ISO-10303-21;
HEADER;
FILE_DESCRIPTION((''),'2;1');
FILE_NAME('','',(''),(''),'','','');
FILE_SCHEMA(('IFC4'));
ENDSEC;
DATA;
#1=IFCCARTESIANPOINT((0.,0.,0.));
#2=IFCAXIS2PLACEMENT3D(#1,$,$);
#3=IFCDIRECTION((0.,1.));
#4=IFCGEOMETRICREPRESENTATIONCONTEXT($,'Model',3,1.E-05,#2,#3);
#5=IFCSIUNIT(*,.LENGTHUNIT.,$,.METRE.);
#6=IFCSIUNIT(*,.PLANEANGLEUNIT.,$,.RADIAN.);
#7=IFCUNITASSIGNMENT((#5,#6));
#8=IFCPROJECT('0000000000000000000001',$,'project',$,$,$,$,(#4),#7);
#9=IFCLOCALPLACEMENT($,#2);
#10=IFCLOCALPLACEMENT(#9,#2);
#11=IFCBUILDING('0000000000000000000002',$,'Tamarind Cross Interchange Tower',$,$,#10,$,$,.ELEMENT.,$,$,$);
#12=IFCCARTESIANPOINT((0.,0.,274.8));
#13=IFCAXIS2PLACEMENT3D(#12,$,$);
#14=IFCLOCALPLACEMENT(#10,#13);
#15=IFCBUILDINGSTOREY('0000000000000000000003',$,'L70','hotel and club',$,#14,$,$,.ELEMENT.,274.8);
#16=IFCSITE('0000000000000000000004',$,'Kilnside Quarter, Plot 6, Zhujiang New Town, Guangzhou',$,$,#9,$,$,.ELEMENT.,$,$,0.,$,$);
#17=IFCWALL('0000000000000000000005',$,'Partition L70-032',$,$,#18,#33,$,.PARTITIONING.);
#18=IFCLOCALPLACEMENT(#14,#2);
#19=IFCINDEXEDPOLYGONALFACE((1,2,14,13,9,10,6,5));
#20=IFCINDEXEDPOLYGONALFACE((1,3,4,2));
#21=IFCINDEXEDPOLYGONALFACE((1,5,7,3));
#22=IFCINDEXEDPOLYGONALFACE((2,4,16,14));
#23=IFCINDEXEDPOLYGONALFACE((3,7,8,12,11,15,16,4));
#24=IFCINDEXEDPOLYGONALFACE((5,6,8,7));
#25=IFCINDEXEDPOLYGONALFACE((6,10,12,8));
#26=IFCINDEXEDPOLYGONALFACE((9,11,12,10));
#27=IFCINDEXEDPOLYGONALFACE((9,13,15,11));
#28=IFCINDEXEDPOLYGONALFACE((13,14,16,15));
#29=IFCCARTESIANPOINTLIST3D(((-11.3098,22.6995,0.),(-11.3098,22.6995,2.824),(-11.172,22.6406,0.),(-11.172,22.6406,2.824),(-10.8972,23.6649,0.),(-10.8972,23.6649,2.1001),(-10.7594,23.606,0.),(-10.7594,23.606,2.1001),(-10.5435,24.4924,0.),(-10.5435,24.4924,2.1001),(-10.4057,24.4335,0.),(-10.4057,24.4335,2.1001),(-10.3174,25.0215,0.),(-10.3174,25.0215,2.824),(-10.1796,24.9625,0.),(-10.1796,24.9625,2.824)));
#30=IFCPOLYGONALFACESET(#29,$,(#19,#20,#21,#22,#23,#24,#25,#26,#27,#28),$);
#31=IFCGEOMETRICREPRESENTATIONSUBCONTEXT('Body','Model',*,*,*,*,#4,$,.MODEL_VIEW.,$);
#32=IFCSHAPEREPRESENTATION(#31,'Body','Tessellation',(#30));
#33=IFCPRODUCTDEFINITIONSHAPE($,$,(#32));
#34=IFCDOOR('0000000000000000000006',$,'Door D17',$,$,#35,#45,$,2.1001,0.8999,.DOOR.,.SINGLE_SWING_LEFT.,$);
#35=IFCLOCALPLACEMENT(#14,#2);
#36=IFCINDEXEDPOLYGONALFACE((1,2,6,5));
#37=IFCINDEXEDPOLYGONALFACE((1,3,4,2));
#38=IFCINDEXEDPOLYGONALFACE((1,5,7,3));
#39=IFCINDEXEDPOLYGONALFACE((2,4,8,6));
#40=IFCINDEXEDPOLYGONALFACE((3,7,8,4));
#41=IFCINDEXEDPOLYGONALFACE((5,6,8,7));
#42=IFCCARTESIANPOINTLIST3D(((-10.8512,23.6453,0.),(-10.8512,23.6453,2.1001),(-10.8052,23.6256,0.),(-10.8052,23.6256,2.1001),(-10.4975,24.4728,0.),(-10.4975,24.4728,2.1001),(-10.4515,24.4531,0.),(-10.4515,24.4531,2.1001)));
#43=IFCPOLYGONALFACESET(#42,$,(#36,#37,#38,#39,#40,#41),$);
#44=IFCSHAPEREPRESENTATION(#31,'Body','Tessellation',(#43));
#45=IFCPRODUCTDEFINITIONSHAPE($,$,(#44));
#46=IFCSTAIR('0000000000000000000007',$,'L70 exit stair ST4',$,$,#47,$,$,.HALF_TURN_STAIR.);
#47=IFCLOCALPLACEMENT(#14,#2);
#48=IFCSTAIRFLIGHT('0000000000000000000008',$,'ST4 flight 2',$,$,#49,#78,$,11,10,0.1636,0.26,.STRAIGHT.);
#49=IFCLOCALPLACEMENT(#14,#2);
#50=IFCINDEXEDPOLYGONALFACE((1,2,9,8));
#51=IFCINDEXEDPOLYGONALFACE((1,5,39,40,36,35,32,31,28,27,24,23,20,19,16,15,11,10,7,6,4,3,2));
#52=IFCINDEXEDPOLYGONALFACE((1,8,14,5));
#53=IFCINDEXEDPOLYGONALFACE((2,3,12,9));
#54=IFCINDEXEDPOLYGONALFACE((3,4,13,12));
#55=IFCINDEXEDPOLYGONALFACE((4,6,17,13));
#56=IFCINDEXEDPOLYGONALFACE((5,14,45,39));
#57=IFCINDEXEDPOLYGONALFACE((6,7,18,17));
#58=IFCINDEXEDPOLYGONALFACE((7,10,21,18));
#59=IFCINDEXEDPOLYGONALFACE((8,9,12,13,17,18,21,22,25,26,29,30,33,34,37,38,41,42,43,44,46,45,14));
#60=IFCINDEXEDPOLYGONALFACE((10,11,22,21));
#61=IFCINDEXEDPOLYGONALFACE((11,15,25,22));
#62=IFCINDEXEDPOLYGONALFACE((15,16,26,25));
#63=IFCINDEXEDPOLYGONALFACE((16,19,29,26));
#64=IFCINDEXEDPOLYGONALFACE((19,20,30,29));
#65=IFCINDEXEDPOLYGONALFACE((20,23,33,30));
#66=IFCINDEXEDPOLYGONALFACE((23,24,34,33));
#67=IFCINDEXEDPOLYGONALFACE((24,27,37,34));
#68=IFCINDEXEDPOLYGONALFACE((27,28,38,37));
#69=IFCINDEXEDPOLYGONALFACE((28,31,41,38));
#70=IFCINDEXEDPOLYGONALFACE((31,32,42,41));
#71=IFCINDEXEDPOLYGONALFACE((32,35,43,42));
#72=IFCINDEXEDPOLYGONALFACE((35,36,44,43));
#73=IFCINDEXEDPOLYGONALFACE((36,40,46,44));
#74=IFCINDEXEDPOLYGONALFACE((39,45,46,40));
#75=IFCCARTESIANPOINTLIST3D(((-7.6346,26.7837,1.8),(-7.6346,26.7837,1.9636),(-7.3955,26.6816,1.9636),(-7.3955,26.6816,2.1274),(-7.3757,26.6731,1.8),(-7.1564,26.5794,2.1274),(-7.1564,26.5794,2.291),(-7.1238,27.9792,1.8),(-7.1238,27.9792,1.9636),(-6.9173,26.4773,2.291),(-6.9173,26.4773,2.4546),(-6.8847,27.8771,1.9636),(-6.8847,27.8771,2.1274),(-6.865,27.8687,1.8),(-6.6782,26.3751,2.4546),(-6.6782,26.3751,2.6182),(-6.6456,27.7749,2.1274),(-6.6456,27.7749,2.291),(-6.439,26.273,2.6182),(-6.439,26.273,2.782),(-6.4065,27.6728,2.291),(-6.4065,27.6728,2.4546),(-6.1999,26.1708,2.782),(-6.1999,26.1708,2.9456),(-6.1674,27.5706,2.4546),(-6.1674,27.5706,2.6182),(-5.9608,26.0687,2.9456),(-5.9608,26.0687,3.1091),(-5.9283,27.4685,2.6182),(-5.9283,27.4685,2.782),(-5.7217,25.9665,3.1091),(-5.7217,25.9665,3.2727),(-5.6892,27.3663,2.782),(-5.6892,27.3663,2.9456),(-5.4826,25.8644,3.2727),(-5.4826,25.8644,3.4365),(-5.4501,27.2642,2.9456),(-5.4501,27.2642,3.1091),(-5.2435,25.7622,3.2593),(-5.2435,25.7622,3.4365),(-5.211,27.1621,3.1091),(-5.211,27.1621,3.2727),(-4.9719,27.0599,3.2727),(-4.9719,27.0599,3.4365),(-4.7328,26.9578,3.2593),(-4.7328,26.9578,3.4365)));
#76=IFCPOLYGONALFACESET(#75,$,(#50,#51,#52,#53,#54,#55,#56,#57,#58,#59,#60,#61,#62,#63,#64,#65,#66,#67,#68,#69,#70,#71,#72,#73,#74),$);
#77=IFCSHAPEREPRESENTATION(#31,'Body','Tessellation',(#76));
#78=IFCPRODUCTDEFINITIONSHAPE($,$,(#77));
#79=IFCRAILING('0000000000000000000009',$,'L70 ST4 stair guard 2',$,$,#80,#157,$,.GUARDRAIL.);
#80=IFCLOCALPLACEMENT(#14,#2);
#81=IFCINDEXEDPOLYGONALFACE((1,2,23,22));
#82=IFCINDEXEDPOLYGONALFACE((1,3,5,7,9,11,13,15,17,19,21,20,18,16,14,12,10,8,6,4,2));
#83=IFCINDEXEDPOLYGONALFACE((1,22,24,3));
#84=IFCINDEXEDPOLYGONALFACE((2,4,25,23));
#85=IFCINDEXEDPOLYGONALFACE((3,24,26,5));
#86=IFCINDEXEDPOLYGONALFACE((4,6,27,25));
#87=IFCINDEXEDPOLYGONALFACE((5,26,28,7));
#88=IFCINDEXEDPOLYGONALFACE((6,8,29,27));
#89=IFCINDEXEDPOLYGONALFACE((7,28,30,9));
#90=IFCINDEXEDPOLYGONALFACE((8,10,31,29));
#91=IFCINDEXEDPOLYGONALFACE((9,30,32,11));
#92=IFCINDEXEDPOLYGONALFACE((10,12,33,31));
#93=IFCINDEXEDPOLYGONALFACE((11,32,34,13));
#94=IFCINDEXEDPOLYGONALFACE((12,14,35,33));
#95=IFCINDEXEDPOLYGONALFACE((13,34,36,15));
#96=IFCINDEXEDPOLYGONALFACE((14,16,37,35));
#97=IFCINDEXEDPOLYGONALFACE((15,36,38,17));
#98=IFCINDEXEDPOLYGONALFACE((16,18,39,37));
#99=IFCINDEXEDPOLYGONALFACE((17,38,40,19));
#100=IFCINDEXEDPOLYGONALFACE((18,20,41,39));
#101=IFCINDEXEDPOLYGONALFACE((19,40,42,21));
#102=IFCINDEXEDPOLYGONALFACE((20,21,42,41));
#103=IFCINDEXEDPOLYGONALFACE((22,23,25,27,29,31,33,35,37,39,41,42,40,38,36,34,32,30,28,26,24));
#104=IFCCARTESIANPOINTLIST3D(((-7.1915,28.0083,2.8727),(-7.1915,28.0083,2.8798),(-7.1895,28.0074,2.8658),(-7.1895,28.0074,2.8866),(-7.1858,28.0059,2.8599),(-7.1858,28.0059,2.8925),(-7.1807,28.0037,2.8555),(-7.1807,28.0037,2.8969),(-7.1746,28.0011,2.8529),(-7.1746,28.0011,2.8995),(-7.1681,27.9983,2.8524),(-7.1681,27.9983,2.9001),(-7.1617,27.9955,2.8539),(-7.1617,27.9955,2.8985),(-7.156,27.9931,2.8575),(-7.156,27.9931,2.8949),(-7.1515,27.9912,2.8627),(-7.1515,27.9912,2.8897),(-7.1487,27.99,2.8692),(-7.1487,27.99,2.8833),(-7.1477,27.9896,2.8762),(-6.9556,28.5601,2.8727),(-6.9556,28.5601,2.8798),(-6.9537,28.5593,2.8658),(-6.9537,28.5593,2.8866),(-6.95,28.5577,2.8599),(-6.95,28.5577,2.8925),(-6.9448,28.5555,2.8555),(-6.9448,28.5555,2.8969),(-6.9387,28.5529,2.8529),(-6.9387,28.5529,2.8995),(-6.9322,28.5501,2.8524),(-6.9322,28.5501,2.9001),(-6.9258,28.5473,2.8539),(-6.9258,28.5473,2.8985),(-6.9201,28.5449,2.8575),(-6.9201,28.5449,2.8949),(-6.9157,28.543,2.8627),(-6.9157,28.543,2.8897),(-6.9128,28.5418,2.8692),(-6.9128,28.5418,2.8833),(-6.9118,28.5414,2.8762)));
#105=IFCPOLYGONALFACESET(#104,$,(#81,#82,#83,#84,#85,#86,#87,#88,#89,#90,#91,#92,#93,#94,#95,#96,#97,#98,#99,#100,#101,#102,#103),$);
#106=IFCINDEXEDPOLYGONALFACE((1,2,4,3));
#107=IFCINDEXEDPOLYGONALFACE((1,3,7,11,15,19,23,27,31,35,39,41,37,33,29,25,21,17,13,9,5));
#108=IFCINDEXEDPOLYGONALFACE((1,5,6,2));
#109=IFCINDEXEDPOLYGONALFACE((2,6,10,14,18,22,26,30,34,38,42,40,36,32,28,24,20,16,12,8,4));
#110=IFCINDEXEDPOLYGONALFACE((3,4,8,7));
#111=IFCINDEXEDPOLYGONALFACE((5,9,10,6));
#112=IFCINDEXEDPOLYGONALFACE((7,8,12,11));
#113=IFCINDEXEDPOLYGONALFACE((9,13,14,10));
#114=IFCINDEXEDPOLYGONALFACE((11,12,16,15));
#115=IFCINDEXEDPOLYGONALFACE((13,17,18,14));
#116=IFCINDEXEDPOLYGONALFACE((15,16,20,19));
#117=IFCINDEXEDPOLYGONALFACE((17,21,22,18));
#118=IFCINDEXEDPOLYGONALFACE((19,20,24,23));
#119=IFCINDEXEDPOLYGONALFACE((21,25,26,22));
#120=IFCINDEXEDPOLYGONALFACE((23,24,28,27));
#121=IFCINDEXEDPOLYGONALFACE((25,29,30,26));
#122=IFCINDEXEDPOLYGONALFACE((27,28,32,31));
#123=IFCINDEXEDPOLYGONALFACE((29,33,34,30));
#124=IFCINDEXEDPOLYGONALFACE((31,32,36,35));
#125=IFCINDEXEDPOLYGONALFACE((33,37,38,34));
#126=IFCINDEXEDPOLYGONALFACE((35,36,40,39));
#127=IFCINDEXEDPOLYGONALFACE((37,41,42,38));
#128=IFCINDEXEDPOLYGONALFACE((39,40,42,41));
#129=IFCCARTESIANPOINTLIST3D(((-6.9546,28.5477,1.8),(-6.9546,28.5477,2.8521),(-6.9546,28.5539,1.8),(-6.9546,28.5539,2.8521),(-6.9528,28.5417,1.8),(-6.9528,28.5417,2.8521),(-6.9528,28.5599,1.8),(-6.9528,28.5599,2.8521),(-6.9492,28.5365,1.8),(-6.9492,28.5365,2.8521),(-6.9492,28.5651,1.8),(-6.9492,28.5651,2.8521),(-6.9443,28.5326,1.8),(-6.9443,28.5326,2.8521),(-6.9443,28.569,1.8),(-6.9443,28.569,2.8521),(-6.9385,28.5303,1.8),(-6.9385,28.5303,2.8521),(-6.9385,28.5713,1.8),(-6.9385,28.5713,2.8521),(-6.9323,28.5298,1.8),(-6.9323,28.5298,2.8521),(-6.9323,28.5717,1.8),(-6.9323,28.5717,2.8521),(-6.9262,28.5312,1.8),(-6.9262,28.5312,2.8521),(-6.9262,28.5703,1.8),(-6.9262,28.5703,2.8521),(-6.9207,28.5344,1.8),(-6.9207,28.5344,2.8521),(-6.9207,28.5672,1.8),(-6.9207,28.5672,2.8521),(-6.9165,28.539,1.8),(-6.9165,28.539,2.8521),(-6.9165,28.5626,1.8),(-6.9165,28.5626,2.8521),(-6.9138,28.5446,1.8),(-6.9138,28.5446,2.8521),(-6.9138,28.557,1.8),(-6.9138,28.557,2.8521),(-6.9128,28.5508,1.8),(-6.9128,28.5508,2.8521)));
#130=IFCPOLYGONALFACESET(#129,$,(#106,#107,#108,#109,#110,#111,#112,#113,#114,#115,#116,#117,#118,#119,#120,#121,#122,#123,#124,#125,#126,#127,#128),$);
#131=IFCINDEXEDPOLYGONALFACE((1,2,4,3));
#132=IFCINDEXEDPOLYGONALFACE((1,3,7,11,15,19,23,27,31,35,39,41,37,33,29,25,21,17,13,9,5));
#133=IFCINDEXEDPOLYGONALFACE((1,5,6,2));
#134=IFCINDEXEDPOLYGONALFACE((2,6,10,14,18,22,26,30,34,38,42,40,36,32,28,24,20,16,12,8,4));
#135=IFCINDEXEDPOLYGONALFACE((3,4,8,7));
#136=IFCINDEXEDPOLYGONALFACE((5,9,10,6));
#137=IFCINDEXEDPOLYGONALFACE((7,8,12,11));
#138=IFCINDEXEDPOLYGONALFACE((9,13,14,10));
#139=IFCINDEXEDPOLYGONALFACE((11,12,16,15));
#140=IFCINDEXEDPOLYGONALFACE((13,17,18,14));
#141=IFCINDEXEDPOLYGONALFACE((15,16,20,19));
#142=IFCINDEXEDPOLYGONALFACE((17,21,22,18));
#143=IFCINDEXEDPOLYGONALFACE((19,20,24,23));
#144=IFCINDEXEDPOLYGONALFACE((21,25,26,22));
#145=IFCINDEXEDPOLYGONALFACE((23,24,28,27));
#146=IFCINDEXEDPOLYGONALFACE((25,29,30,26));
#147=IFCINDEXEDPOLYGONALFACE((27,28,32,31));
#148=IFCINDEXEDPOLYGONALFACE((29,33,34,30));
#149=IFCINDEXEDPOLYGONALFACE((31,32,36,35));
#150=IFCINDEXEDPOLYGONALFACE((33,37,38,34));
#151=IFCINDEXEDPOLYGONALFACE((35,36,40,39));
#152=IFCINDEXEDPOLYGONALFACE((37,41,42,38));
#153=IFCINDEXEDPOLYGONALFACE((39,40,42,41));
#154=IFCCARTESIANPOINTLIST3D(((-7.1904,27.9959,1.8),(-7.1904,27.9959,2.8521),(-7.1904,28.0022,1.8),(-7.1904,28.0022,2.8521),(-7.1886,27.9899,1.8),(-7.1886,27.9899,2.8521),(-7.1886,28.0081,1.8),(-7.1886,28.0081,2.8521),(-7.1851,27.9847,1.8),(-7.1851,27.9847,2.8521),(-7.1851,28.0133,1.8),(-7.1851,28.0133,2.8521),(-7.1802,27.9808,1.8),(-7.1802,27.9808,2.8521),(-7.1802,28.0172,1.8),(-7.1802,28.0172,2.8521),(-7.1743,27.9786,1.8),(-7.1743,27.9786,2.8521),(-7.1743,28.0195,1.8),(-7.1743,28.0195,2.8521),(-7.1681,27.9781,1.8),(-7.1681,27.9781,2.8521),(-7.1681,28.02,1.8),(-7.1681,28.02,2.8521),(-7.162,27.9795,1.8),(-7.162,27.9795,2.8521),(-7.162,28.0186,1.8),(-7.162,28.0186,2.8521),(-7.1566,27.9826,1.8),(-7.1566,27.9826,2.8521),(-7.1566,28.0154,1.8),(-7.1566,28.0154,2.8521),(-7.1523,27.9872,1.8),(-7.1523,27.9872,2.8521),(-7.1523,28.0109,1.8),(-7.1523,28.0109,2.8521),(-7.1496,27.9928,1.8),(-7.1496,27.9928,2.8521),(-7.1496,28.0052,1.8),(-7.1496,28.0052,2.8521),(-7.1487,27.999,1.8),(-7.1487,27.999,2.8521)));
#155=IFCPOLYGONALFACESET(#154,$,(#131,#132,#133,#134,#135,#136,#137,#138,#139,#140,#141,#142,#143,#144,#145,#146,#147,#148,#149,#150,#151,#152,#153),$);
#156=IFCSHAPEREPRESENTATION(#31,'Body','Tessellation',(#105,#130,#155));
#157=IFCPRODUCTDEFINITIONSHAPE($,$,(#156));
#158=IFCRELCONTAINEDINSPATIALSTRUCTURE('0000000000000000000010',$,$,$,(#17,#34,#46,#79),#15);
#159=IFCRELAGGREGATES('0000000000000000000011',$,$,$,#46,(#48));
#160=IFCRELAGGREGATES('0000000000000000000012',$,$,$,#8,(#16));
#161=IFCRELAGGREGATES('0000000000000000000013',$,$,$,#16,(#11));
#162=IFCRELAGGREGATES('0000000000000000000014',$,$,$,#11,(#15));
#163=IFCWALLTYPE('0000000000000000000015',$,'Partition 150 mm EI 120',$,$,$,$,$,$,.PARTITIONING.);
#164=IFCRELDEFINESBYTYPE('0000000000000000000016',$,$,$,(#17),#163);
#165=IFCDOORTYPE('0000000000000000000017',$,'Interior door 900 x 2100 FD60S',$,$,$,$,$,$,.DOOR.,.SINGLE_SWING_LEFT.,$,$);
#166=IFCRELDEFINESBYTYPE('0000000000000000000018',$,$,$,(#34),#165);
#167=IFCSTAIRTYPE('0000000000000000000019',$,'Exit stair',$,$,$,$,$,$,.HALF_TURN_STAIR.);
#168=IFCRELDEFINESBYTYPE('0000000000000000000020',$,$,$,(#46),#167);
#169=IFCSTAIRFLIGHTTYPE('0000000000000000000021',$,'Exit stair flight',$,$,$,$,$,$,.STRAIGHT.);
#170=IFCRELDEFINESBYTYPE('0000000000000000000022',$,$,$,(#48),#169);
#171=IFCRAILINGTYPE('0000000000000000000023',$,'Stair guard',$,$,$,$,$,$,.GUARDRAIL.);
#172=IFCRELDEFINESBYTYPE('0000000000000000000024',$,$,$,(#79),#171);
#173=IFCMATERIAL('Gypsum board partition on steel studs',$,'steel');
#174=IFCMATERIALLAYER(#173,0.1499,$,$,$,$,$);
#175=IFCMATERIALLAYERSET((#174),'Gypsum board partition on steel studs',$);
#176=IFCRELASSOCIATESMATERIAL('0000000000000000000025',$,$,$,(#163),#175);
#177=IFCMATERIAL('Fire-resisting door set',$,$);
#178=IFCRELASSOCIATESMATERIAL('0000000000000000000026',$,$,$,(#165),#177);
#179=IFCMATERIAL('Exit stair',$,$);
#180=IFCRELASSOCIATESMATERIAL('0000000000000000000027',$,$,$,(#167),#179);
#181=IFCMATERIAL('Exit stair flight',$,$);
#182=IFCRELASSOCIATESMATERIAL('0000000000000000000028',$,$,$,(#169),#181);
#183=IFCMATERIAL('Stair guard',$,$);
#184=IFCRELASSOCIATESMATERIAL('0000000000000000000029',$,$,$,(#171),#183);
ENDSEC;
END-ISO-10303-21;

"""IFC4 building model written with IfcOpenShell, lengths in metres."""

from ifc_helpers import new_model, si_unit, direction, frame, frame_2d, origin, origin_2d, place, context, subcontext, project, spatial, polyline, rectangle, circle, outline, extrude, material, layer, layer_set, type_object, element, fill, aggregate, save


model = new_model("IFC4")

# Units and contexts
model_context = context("Model", 3, precision=1e-05, world=origin(), true_north=direction((0.0, 1.0)))
body_context = subcontext(model_context, "Body", "Model", "MODEL_VIEW")
ifc_project = project(units=[si_unit("LENGTHUNIT", "METRE"), si_unit("PLANEANGLEUNIT", "RADIAN")], contexts=[model_context])

# Site, building, storey
site_placement = place(None, origin())
site = spatial("IfcSite", under=ifc_project, at=site_placement, Name="Kilnside Quarter, Plot 6, Zhujiang New Town, Guangzhou", CompositionType="ELEMENT", RefElevation=0.0)
building_placement = place(site_placement, origin())
building = spatial("IfcBuilding", under=site, at=building_placement, Name="Tamarind Cross Interchange Tower", CompositionType="ELEMENT")
storey_placement = place(building_placement, frame((0.0, 0.0, 274.8)))
storey = spatial("IfcBuildingStorey", under=building, at=storey_placement, Name="L70", Description="hotel and club", CompositionType="ELEMENT", Elevation=274.8)

# Shared definitions
ifc_material_1 = material(Name="Gypsum board partition on steel studs", Category="steel")
ifc_layer_1 = layer(ifc_material_1, 0.1499)
ifc_layer_set_1 = layer_set([ifc_layer_1], Name="Gypsum board partition on steel studs")
wall_type = type_object("IfcWallType", Name="Partition 150 mm EI 120", PredefinedType="PARTITIONING", material=ifc_layer_set_1)

# Wall, opening, door
ifc_material_2 = material(Name="Fire-resisting door set")
door_type = type_object("IfcDoorType", Name="Interior door 900 x 2100 FD60S", OperationType="SINGLE_SWING_LEFT", PredefinedType="DOOR", material=ifc_material_2)
wall_1_placement = place(storey_placement, frame((-11.241, 22.6699, 0.0), z_axis=(0.0, 0.0, 1.0), x_axis=(0.393009, 0.919535, 0.0)))
wall_1 = element("IfcWall", 1, at=wall_1_placement, inside=storey, type_object=wall_type, Name="Partition L70-032", PredefinedType="PARTITIONING", context=body_context, shape_type="SweptSolid", body=[
    extrude(rectangle(XDim=2.5251, YDim=0.1499, at=frame_2d((1.2627, 0.0))), origin(), (0.0, 0.0, 1.0), 2.824),
])
opening_1_placement = place(wall_1_placement, frame((1.05, 0.0, 0.0)))
opening_1 = element("IfcOpeningElement", 2, at=opening_1_placement, cuts=wall_1, PredefinedType="OPENING", context=body_context, shape_type="SweptSolid", body=[
    extrude(rectangle(XDim=0.8999, YDim=2.1001, at=frame_2d((0.45, 1.05))), frame((0.0, 0.085, 0.0), z_axis=(0.0, -1.0, 0.0), x_axis=(1.0, 0.0, 0.0)), (0.0, 0.0, 1.0), 0.1699),
])
door_1_placement = place(opening_1_placement, origin())
door_1 = element("IfcDoor", 3, at=door_1_placement, inside=storey, type_object=door_type, Name="Door D17", OperationType="SINGLE_SWING_LEFT", OverallHeight=2.1001, OverallWidth=0.8999, PredefinedType="DOOR", context=body_context, shape_type="SweptSolid", body=[
    extrude(rectangle(XDim=0.8999, YDim=2.1001, at=frame_2d((0.45, 1.05))), frame((0.0, 0.0249, 0.0), z_axis=(0.0, -1.0, 0.0), x_axis=(1.0, 0.0, 0.0)), (0.0, 0.0, 1.0), 0.05),
])
fill(opening_1, door_1)

# Stair, stair flight
ifc_material_3 = material(Name="Exit stair")
stair_type = type_object("IfcStairType", Name="Exit stair", PredefinedType="HALF_TURN_STAIR", material=ifc_material_3)
stair_placement = place(storey_placement, origin())
stair = element("IfcStair", 4, at=stair_placement, inside=storey, type_object=stair_type, Name="L70 exit stair ST4", PredefinedType="HALF_TURN_STAIR")
ifc_material_4 = material(Name="Exit stair flight")
stair_flight_type = type_object("IfcStairFlightType", Name="Exit stair flight", PredefinedType="STRAIGHT", material=ifc_material_4)
stair_flight_placement = place(storey_placement, frame((-7.3792, 27.3816, 1.8), z_axis=(0.0, 0.0, 1.0), x_axis=(0.919597, -0.392864, 0.0)))
stair_flight = element("IfcStairFlight", 5, at=stair_flight_placement, type_object=stair_flight_type, Name="ST4 flight 2", NumberOfRisers=11, NumberOfTreads=10, PredefinedType="STRAIGHT", RiserHeight=0.1636, TreadLength=0.26, context=body_context, shape_type="SweptSolid", body=[
    extrude(outline(polyline([(0.0, 0.0), (0.0, 0.1636), (0.26, 0.1636), (0.26, 0.3274), (0.52, 0.3274), (0.52, 0.491), (0.78, 0.491), (0.78, 0.6545), (1.04, 0.6545), (1.04, 0.8181), (1.3, 0.8181), (1.3, 0.9819), (1.5601, 0.9819), (1.5601, 1.1455), (1.8201, 1.1455), (1.8201, 1.3091), (2.0801, 1.3091), (2.0801, 1.4727), (2.3401, 1.4727), (2.3401, 1.6365), (2.6001, 1.6365), (2.6001, 1.8), (2.6001, 1.4592), (0.2815, 0.0), (0.0, 0.0)])), frame((0.0, 0.6499, 0.0), z_axis=(0.0, -1.0, 0.0), x_axis=(1.0, 0.0, 0.0)), (0.0, 0.0, 1.0), 1.3),
])
aggregate(stair, [stair_flight])

# Railing
ifc_material_5 = material(Name="Stair guard")
railing_type_1 = type_object("IfcRailingType", Name="Stair guard", PredefinedType="GUARDRAIL", material=ifc_material_5)
railing_1_placement = place(storey_placement, frame((-6.9338, 28.5508, 1.8)))
element("IfcRailing", 6, at=railing_1_placement, inside=storey, type_object=railing_type_1, Name="L70 ST4 stair guard 2", PredefinedType="GUARDRAIL", context=body_context, shape_type="SweptSolid", body=[
    extrude(circle(Radius=0.0239, at=origin_2d()), frame((0.0, 0.0, 1.0762), z_axis=(-0.393035, -0.919523, 0.0), x_axis=(0.919523, -0.393035, 0.0)), (0.0, 0.0, 1.0), 0.6001),
    extrude(circle(Radius=0.021, at=origin_2d()), origin(), (0.0, 0.0, 1.0), 1.052),
    extrude(circle(Radius=0.021, at=origin_2d()), frame((-0.2358, -0.5518, 0.0)), (0.0, 0.0, 1.0), 1.052),
])

save(model, "model.ifc")
